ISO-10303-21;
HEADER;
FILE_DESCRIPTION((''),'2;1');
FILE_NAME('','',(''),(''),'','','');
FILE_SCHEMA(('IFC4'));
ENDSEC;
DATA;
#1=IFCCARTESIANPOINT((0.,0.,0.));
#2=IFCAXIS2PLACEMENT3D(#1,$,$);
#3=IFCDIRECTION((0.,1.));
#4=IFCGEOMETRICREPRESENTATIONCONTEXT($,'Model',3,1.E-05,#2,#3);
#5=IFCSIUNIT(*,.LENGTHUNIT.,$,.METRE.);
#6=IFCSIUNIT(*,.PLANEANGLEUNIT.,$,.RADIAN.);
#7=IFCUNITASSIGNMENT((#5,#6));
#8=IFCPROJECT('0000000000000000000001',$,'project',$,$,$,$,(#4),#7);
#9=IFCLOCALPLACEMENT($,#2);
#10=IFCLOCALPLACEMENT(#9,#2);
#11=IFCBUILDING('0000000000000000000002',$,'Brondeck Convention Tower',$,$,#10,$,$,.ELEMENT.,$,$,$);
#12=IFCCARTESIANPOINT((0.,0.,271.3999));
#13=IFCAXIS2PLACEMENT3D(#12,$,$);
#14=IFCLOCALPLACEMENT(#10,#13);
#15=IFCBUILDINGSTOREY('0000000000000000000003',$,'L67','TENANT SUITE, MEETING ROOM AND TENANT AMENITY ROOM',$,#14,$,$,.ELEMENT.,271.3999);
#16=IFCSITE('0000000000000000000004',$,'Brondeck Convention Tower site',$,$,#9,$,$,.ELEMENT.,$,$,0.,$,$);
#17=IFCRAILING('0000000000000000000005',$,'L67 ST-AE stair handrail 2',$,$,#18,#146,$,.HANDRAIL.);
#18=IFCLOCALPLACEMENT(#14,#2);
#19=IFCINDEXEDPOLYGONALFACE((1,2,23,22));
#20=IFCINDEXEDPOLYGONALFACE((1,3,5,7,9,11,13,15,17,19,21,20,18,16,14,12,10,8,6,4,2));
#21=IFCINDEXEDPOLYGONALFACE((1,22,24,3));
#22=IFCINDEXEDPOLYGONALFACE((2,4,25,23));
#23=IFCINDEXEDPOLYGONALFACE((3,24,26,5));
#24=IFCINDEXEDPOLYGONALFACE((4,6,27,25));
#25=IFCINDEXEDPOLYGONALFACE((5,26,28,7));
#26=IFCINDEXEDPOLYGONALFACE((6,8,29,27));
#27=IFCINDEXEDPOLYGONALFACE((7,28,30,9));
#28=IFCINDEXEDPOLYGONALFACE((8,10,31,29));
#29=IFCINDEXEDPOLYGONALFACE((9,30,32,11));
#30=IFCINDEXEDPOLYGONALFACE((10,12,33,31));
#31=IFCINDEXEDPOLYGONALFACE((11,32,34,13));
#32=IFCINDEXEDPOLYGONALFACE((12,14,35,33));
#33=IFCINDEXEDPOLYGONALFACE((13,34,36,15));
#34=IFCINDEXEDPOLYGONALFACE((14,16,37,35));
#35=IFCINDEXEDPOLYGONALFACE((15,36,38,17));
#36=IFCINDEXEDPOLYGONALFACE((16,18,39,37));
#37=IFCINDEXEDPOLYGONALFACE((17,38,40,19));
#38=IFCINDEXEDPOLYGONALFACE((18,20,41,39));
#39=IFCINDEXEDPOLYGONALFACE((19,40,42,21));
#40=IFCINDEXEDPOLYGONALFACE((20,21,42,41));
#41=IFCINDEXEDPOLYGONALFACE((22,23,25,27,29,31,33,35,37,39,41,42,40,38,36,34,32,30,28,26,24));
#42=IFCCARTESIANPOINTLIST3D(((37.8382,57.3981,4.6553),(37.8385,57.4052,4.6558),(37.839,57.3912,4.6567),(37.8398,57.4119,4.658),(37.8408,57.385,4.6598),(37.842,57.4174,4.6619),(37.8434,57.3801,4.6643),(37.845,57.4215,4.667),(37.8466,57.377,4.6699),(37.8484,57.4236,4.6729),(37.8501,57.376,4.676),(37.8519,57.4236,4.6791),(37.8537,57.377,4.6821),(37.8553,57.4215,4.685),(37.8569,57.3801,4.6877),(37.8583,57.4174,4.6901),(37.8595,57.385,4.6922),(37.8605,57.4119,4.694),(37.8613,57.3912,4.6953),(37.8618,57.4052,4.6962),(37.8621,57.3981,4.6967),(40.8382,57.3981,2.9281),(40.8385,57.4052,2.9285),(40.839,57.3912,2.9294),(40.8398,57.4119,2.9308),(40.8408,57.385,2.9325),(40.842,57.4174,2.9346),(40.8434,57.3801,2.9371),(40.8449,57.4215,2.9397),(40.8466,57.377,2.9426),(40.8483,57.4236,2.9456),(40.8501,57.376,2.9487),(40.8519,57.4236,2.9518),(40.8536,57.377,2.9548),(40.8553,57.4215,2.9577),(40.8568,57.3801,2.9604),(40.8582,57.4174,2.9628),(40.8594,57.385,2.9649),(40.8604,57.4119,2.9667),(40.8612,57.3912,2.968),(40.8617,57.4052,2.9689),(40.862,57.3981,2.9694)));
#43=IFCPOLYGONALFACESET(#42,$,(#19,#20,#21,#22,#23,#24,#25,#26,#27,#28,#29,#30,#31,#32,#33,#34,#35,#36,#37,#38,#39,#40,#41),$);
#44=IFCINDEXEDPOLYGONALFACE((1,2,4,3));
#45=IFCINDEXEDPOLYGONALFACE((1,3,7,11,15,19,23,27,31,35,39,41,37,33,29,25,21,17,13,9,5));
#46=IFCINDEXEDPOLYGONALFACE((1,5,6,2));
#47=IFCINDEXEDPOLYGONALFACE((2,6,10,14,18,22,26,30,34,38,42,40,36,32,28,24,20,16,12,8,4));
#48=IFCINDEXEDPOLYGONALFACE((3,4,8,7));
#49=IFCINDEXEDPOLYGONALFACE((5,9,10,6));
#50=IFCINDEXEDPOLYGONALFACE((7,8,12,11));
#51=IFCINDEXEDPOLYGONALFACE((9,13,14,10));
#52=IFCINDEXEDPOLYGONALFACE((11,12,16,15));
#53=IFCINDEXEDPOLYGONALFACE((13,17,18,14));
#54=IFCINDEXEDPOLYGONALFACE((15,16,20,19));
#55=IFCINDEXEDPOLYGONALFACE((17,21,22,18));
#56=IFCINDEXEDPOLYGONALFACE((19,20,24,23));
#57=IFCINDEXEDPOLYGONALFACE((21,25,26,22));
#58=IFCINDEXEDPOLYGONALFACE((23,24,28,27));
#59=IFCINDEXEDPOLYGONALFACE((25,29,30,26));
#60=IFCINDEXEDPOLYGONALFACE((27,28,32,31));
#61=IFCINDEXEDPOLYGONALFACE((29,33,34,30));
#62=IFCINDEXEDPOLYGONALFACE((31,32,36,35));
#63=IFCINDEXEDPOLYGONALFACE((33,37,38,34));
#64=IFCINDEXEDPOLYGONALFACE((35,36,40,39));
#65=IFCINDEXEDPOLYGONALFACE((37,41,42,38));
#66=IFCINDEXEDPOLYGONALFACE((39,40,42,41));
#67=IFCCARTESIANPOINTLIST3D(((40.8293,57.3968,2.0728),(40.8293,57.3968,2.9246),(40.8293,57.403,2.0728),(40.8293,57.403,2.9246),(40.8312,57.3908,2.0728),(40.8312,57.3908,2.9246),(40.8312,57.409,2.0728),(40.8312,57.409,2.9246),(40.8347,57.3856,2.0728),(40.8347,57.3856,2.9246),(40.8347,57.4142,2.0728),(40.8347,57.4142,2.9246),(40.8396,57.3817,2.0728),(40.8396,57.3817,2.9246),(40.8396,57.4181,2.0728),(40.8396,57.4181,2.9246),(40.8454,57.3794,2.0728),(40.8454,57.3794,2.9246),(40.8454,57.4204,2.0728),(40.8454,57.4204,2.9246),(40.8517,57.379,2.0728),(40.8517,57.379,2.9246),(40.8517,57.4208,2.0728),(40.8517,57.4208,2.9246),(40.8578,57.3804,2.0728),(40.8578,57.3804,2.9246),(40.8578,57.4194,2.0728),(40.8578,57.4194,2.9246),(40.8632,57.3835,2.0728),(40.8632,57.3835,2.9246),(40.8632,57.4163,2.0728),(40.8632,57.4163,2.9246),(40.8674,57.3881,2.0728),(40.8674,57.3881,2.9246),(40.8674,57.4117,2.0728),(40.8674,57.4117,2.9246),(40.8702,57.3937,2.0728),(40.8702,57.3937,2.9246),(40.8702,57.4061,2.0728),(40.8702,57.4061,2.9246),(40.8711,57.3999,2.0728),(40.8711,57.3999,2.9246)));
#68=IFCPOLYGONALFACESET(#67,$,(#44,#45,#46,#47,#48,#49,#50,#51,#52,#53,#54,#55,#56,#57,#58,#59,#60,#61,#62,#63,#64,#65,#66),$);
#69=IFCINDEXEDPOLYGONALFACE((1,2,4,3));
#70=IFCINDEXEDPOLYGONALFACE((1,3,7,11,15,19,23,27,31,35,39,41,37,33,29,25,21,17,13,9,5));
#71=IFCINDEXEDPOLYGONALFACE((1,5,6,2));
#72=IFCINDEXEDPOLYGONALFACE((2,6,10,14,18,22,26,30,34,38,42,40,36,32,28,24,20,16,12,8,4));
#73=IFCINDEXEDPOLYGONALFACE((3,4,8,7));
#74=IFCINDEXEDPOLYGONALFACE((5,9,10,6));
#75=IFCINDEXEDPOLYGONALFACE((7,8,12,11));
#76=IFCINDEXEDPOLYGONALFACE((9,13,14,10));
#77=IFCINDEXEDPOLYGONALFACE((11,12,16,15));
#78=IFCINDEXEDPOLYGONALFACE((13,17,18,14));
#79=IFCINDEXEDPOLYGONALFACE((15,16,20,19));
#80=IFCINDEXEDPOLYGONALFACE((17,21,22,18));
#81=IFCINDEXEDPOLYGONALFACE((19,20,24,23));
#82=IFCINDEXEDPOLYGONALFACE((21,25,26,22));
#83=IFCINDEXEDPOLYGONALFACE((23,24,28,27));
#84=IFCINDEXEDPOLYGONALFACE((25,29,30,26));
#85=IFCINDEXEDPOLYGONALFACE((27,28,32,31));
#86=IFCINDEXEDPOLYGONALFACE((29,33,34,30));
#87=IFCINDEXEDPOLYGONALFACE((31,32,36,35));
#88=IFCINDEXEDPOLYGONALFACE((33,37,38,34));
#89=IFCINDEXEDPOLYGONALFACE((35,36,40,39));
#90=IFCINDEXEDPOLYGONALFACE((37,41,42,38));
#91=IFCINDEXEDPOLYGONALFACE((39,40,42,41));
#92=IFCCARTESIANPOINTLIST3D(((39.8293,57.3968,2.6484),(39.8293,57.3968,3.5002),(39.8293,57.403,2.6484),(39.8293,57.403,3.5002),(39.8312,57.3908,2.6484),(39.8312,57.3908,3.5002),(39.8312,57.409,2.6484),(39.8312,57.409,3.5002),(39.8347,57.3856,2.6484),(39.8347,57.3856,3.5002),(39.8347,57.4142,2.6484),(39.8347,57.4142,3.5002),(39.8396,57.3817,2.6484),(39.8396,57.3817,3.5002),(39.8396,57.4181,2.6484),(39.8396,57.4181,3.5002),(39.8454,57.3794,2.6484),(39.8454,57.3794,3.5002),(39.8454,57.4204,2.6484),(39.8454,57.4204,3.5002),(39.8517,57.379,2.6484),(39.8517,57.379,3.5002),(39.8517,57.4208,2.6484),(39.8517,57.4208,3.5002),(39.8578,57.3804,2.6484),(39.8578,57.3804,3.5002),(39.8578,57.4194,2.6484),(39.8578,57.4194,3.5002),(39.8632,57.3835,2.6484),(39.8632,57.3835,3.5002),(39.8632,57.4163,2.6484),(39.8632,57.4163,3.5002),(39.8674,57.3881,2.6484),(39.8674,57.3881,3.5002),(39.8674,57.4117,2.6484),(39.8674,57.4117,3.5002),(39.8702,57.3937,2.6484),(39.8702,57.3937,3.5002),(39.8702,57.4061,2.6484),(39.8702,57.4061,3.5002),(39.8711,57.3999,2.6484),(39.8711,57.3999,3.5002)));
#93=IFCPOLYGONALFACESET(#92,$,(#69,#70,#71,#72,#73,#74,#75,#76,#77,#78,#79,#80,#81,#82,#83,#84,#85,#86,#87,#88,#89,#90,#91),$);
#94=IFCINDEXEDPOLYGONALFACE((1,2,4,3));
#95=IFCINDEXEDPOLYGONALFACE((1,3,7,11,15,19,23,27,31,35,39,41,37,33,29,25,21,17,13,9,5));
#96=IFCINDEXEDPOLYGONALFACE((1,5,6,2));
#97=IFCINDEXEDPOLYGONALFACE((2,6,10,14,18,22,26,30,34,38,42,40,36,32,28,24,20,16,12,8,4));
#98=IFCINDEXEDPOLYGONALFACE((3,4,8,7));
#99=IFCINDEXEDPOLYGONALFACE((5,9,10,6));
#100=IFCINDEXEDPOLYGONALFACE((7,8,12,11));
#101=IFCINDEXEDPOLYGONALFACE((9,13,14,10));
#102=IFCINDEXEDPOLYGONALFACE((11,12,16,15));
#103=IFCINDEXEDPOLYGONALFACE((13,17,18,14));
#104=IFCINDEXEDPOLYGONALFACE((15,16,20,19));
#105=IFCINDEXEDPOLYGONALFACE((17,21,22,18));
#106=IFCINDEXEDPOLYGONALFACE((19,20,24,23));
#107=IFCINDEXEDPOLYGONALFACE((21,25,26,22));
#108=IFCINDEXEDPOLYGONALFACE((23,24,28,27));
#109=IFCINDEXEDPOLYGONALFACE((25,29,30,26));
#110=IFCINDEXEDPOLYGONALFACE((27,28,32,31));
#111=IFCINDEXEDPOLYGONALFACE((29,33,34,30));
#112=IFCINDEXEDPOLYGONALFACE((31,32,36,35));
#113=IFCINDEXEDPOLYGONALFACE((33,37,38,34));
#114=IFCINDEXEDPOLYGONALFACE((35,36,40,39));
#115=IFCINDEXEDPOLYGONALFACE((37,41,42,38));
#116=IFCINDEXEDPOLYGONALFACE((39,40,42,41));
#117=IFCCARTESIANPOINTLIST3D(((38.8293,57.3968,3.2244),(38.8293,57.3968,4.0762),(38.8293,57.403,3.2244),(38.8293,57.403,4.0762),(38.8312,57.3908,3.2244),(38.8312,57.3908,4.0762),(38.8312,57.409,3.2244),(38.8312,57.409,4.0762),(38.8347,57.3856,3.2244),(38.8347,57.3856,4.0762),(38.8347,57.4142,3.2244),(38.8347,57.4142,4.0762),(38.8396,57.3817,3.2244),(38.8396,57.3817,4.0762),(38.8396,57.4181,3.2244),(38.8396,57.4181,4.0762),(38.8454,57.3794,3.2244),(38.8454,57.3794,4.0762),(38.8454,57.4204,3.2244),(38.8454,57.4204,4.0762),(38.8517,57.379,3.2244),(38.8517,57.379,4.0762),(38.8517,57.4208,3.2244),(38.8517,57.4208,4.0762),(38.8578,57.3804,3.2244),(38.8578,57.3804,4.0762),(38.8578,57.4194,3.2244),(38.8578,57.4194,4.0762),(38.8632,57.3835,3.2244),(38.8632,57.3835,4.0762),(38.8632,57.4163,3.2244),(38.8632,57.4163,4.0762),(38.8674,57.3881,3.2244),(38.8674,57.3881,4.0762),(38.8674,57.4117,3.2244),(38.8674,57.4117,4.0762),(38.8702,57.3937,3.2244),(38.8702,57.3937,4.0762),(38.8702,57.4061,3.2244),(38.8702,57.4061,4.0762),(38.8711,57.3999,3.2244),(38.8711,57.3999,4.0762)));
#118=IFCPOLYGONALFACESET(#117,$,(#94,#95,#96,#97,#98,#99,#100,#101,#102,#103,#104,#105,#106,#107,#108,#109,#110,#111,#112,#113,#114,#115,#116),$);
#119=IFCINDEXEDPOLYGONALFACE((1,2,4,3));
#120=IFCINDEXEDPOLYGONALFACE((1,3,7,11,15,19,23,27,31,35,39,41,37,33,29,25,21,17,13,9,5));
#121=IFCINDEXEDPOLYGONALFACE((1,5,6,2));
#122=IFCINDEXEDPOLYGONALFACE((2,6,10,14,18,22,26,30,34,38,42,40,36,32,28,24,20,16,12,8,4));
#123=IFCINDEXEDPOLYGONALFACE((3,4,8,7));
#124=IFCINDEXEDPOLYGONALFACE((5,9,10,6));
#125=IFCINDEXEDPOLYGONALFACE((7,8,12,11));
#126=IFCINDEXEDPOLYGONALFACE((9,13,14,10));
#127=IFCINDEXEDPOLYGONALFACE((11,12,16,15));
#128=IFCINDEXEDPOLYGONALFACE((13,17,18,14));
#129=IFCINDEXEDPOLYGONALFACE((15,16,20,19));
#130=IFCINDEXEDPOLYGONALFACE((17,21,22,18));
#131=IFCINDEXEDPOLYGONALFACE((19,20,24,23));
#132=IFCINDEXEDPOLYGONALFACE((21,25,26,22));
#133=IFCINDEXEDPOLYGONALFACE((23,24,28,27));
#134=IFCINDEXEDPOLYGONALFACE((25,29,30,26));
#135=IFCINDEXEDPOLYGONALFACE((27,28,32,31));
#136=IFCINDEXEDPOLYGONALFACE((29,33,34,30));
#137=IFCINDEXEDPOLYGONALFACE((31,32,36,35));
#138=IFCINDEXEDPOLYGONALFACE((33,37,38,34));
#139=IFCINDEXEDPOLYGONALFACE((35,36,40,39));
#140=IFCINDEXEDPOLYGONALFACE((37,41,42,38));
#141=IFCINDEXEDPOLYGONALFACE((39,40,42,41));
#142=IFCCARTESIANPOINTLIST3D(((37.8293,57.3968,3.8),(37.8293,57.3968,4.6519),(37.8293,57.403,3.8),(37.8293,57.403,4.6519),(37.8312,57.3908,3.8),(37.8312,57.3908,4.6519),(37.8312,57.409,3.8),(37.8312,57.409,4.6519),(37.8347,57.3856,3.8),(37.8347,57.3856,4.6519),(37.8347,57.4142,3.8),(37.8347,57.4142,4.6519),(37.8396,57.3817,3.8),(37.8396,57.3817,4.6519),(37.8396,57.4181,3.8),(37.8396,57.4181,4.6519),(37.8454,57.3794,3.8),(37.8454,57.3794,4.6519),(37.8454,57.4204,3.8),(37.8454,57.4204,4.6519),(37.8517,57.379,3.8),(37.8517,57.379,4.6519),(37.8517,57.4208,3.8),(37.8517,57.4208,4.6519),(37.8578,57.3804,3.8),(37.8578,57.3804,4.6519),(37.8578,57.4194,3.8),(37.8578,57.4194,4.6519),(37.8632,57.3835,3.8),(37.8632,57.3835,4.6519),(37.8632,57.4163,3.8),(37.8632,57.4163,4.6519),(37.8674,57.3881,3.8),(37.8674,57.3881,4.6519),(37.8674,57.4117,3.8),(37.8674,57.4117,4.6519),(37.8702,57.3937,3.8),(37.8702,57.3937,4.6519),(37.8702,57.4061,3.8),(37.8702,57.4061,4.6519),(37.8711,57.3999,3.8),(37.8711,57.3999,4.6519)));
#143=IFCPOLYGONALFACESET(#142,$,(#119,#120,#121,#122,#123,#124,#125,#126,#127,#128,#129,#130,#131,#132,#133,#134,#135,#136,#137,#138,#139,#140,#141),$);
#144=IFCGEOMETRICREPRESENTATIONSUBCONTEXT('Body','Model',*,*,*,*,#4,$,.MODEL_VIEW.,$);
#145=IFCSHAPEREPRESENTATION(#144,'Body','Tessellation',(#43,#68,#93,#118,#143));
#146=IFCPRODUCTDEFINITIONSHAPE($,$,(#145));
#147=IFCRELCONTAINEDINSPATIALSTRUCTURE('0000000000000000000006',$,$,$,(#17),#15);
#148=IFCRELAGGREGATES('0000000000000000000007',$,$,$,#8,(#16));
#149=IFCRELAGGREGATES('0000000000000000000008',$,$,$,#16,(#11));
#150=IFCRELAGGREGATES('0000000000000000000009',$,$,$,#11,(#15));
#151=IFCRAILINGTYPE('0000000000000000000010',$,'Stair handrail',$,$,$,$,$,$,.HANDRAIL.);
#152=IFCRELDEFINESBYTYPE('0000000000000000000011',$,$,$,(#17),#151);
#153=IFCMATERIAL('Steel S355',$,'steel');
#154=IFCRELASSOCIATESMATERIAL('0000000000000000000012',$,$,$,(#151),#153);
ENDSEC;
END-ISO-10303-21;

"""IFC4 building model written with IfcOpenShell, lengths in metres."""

from ifc_helpers import new_model, si_unit, direction, frame, origin, origin_2d, place, context, subcontext, project, spatial, circle, extrude, material, type_object, element, save


model = new_model("IFC4")

# Units and contexts
model_context = context("Model", 3, precision=1e-05, world=origin(), true_north=direction((0.0, 1.0)))
body_context = subcontext(model_context, "Body", "Model", "MODEL_VIEW")
ifc_project = project(units=[si_unit("LENGTHUNIT", "METRE"), si_unit("PLANEANGLEUNIT", "RADIAN")], contexts=[model_context])

# Site, building, storey
site_placement = place(None, origin())
site = spatial("IfcSite", under=ifc_project, at=site_placement, Name="Brondeck Convention Tower site", CompositionType="ELEMENT", RefElevation=0.0)
building_placement = place(site_placement, origin())
building = spatial("IfcBuilding", under=site, at=building_placement, Name="Brondeck Convention Tower", CompositionType="ELEMENT")
storey_placement = place(building_placement, frame((0.0, 0.0, 271.3999)))
storey = spatial("IfcBuildingStorey", under=building, at=storey_placement, Name="L67", Description="TENANT SUITE, MEETING ROOM AND TENANT AMENITY ROOM", CompositionType="ELEMENT", Elevation=271.3999)

# Shared definitions
ifc_material_1 = material(Name="Steel S355", Category="steel")

# Railing
railing_type_1 = type_object("IfcRailingType", Name="Stair handrail", PredefinedType="HANDRAIL", material=ifc_material_1)
railing_1_placement = place(storey_placement, frame((40.8501, 57.3999, 2.0728)))
element("IfcRailing", 1, at=railing_1_placement, inside=storey, type_object=railing_type_1, Name="L67 ST-AE stair handrail 2", PredefinedType="HANDRAIL", context=body_context, shape_type="SweptSolid", body=[
    extrude(circle(Radius=0.0239, at=origin_2d()), frame((0.0, 0.0, 0.876), z_axis=(-0.86662, 0.0, 0.498969), x_axis=(0.0, -1.0, 0.0)), (0.0, 0.0, 1.0), 3.4617),
    extrude(circle(Radius=0.021, at=origin_2d()), origin(), (0.0, 0.0, 1.0), 0.8518),
    extrude(circle(Radius=0.021, at=origin_2d()), frame((-1.0, 0.0, 0.5757)), (0.0, 0.0, 1.0), 0.8518),
    extrude(circle(Radius=0.021, at=origin_2d()), frame((-2.0, 0.0, 1.1516)), (0.0, 0.0, 1.0), 0.8518),
    extrude(circle(Radius=0.021, at=origin_2d()), frame((-3.0, 0.0, 1.7273)), (0.0, 0.0, 1.0), 0.8518),
])

save(model, "model.ifc")
